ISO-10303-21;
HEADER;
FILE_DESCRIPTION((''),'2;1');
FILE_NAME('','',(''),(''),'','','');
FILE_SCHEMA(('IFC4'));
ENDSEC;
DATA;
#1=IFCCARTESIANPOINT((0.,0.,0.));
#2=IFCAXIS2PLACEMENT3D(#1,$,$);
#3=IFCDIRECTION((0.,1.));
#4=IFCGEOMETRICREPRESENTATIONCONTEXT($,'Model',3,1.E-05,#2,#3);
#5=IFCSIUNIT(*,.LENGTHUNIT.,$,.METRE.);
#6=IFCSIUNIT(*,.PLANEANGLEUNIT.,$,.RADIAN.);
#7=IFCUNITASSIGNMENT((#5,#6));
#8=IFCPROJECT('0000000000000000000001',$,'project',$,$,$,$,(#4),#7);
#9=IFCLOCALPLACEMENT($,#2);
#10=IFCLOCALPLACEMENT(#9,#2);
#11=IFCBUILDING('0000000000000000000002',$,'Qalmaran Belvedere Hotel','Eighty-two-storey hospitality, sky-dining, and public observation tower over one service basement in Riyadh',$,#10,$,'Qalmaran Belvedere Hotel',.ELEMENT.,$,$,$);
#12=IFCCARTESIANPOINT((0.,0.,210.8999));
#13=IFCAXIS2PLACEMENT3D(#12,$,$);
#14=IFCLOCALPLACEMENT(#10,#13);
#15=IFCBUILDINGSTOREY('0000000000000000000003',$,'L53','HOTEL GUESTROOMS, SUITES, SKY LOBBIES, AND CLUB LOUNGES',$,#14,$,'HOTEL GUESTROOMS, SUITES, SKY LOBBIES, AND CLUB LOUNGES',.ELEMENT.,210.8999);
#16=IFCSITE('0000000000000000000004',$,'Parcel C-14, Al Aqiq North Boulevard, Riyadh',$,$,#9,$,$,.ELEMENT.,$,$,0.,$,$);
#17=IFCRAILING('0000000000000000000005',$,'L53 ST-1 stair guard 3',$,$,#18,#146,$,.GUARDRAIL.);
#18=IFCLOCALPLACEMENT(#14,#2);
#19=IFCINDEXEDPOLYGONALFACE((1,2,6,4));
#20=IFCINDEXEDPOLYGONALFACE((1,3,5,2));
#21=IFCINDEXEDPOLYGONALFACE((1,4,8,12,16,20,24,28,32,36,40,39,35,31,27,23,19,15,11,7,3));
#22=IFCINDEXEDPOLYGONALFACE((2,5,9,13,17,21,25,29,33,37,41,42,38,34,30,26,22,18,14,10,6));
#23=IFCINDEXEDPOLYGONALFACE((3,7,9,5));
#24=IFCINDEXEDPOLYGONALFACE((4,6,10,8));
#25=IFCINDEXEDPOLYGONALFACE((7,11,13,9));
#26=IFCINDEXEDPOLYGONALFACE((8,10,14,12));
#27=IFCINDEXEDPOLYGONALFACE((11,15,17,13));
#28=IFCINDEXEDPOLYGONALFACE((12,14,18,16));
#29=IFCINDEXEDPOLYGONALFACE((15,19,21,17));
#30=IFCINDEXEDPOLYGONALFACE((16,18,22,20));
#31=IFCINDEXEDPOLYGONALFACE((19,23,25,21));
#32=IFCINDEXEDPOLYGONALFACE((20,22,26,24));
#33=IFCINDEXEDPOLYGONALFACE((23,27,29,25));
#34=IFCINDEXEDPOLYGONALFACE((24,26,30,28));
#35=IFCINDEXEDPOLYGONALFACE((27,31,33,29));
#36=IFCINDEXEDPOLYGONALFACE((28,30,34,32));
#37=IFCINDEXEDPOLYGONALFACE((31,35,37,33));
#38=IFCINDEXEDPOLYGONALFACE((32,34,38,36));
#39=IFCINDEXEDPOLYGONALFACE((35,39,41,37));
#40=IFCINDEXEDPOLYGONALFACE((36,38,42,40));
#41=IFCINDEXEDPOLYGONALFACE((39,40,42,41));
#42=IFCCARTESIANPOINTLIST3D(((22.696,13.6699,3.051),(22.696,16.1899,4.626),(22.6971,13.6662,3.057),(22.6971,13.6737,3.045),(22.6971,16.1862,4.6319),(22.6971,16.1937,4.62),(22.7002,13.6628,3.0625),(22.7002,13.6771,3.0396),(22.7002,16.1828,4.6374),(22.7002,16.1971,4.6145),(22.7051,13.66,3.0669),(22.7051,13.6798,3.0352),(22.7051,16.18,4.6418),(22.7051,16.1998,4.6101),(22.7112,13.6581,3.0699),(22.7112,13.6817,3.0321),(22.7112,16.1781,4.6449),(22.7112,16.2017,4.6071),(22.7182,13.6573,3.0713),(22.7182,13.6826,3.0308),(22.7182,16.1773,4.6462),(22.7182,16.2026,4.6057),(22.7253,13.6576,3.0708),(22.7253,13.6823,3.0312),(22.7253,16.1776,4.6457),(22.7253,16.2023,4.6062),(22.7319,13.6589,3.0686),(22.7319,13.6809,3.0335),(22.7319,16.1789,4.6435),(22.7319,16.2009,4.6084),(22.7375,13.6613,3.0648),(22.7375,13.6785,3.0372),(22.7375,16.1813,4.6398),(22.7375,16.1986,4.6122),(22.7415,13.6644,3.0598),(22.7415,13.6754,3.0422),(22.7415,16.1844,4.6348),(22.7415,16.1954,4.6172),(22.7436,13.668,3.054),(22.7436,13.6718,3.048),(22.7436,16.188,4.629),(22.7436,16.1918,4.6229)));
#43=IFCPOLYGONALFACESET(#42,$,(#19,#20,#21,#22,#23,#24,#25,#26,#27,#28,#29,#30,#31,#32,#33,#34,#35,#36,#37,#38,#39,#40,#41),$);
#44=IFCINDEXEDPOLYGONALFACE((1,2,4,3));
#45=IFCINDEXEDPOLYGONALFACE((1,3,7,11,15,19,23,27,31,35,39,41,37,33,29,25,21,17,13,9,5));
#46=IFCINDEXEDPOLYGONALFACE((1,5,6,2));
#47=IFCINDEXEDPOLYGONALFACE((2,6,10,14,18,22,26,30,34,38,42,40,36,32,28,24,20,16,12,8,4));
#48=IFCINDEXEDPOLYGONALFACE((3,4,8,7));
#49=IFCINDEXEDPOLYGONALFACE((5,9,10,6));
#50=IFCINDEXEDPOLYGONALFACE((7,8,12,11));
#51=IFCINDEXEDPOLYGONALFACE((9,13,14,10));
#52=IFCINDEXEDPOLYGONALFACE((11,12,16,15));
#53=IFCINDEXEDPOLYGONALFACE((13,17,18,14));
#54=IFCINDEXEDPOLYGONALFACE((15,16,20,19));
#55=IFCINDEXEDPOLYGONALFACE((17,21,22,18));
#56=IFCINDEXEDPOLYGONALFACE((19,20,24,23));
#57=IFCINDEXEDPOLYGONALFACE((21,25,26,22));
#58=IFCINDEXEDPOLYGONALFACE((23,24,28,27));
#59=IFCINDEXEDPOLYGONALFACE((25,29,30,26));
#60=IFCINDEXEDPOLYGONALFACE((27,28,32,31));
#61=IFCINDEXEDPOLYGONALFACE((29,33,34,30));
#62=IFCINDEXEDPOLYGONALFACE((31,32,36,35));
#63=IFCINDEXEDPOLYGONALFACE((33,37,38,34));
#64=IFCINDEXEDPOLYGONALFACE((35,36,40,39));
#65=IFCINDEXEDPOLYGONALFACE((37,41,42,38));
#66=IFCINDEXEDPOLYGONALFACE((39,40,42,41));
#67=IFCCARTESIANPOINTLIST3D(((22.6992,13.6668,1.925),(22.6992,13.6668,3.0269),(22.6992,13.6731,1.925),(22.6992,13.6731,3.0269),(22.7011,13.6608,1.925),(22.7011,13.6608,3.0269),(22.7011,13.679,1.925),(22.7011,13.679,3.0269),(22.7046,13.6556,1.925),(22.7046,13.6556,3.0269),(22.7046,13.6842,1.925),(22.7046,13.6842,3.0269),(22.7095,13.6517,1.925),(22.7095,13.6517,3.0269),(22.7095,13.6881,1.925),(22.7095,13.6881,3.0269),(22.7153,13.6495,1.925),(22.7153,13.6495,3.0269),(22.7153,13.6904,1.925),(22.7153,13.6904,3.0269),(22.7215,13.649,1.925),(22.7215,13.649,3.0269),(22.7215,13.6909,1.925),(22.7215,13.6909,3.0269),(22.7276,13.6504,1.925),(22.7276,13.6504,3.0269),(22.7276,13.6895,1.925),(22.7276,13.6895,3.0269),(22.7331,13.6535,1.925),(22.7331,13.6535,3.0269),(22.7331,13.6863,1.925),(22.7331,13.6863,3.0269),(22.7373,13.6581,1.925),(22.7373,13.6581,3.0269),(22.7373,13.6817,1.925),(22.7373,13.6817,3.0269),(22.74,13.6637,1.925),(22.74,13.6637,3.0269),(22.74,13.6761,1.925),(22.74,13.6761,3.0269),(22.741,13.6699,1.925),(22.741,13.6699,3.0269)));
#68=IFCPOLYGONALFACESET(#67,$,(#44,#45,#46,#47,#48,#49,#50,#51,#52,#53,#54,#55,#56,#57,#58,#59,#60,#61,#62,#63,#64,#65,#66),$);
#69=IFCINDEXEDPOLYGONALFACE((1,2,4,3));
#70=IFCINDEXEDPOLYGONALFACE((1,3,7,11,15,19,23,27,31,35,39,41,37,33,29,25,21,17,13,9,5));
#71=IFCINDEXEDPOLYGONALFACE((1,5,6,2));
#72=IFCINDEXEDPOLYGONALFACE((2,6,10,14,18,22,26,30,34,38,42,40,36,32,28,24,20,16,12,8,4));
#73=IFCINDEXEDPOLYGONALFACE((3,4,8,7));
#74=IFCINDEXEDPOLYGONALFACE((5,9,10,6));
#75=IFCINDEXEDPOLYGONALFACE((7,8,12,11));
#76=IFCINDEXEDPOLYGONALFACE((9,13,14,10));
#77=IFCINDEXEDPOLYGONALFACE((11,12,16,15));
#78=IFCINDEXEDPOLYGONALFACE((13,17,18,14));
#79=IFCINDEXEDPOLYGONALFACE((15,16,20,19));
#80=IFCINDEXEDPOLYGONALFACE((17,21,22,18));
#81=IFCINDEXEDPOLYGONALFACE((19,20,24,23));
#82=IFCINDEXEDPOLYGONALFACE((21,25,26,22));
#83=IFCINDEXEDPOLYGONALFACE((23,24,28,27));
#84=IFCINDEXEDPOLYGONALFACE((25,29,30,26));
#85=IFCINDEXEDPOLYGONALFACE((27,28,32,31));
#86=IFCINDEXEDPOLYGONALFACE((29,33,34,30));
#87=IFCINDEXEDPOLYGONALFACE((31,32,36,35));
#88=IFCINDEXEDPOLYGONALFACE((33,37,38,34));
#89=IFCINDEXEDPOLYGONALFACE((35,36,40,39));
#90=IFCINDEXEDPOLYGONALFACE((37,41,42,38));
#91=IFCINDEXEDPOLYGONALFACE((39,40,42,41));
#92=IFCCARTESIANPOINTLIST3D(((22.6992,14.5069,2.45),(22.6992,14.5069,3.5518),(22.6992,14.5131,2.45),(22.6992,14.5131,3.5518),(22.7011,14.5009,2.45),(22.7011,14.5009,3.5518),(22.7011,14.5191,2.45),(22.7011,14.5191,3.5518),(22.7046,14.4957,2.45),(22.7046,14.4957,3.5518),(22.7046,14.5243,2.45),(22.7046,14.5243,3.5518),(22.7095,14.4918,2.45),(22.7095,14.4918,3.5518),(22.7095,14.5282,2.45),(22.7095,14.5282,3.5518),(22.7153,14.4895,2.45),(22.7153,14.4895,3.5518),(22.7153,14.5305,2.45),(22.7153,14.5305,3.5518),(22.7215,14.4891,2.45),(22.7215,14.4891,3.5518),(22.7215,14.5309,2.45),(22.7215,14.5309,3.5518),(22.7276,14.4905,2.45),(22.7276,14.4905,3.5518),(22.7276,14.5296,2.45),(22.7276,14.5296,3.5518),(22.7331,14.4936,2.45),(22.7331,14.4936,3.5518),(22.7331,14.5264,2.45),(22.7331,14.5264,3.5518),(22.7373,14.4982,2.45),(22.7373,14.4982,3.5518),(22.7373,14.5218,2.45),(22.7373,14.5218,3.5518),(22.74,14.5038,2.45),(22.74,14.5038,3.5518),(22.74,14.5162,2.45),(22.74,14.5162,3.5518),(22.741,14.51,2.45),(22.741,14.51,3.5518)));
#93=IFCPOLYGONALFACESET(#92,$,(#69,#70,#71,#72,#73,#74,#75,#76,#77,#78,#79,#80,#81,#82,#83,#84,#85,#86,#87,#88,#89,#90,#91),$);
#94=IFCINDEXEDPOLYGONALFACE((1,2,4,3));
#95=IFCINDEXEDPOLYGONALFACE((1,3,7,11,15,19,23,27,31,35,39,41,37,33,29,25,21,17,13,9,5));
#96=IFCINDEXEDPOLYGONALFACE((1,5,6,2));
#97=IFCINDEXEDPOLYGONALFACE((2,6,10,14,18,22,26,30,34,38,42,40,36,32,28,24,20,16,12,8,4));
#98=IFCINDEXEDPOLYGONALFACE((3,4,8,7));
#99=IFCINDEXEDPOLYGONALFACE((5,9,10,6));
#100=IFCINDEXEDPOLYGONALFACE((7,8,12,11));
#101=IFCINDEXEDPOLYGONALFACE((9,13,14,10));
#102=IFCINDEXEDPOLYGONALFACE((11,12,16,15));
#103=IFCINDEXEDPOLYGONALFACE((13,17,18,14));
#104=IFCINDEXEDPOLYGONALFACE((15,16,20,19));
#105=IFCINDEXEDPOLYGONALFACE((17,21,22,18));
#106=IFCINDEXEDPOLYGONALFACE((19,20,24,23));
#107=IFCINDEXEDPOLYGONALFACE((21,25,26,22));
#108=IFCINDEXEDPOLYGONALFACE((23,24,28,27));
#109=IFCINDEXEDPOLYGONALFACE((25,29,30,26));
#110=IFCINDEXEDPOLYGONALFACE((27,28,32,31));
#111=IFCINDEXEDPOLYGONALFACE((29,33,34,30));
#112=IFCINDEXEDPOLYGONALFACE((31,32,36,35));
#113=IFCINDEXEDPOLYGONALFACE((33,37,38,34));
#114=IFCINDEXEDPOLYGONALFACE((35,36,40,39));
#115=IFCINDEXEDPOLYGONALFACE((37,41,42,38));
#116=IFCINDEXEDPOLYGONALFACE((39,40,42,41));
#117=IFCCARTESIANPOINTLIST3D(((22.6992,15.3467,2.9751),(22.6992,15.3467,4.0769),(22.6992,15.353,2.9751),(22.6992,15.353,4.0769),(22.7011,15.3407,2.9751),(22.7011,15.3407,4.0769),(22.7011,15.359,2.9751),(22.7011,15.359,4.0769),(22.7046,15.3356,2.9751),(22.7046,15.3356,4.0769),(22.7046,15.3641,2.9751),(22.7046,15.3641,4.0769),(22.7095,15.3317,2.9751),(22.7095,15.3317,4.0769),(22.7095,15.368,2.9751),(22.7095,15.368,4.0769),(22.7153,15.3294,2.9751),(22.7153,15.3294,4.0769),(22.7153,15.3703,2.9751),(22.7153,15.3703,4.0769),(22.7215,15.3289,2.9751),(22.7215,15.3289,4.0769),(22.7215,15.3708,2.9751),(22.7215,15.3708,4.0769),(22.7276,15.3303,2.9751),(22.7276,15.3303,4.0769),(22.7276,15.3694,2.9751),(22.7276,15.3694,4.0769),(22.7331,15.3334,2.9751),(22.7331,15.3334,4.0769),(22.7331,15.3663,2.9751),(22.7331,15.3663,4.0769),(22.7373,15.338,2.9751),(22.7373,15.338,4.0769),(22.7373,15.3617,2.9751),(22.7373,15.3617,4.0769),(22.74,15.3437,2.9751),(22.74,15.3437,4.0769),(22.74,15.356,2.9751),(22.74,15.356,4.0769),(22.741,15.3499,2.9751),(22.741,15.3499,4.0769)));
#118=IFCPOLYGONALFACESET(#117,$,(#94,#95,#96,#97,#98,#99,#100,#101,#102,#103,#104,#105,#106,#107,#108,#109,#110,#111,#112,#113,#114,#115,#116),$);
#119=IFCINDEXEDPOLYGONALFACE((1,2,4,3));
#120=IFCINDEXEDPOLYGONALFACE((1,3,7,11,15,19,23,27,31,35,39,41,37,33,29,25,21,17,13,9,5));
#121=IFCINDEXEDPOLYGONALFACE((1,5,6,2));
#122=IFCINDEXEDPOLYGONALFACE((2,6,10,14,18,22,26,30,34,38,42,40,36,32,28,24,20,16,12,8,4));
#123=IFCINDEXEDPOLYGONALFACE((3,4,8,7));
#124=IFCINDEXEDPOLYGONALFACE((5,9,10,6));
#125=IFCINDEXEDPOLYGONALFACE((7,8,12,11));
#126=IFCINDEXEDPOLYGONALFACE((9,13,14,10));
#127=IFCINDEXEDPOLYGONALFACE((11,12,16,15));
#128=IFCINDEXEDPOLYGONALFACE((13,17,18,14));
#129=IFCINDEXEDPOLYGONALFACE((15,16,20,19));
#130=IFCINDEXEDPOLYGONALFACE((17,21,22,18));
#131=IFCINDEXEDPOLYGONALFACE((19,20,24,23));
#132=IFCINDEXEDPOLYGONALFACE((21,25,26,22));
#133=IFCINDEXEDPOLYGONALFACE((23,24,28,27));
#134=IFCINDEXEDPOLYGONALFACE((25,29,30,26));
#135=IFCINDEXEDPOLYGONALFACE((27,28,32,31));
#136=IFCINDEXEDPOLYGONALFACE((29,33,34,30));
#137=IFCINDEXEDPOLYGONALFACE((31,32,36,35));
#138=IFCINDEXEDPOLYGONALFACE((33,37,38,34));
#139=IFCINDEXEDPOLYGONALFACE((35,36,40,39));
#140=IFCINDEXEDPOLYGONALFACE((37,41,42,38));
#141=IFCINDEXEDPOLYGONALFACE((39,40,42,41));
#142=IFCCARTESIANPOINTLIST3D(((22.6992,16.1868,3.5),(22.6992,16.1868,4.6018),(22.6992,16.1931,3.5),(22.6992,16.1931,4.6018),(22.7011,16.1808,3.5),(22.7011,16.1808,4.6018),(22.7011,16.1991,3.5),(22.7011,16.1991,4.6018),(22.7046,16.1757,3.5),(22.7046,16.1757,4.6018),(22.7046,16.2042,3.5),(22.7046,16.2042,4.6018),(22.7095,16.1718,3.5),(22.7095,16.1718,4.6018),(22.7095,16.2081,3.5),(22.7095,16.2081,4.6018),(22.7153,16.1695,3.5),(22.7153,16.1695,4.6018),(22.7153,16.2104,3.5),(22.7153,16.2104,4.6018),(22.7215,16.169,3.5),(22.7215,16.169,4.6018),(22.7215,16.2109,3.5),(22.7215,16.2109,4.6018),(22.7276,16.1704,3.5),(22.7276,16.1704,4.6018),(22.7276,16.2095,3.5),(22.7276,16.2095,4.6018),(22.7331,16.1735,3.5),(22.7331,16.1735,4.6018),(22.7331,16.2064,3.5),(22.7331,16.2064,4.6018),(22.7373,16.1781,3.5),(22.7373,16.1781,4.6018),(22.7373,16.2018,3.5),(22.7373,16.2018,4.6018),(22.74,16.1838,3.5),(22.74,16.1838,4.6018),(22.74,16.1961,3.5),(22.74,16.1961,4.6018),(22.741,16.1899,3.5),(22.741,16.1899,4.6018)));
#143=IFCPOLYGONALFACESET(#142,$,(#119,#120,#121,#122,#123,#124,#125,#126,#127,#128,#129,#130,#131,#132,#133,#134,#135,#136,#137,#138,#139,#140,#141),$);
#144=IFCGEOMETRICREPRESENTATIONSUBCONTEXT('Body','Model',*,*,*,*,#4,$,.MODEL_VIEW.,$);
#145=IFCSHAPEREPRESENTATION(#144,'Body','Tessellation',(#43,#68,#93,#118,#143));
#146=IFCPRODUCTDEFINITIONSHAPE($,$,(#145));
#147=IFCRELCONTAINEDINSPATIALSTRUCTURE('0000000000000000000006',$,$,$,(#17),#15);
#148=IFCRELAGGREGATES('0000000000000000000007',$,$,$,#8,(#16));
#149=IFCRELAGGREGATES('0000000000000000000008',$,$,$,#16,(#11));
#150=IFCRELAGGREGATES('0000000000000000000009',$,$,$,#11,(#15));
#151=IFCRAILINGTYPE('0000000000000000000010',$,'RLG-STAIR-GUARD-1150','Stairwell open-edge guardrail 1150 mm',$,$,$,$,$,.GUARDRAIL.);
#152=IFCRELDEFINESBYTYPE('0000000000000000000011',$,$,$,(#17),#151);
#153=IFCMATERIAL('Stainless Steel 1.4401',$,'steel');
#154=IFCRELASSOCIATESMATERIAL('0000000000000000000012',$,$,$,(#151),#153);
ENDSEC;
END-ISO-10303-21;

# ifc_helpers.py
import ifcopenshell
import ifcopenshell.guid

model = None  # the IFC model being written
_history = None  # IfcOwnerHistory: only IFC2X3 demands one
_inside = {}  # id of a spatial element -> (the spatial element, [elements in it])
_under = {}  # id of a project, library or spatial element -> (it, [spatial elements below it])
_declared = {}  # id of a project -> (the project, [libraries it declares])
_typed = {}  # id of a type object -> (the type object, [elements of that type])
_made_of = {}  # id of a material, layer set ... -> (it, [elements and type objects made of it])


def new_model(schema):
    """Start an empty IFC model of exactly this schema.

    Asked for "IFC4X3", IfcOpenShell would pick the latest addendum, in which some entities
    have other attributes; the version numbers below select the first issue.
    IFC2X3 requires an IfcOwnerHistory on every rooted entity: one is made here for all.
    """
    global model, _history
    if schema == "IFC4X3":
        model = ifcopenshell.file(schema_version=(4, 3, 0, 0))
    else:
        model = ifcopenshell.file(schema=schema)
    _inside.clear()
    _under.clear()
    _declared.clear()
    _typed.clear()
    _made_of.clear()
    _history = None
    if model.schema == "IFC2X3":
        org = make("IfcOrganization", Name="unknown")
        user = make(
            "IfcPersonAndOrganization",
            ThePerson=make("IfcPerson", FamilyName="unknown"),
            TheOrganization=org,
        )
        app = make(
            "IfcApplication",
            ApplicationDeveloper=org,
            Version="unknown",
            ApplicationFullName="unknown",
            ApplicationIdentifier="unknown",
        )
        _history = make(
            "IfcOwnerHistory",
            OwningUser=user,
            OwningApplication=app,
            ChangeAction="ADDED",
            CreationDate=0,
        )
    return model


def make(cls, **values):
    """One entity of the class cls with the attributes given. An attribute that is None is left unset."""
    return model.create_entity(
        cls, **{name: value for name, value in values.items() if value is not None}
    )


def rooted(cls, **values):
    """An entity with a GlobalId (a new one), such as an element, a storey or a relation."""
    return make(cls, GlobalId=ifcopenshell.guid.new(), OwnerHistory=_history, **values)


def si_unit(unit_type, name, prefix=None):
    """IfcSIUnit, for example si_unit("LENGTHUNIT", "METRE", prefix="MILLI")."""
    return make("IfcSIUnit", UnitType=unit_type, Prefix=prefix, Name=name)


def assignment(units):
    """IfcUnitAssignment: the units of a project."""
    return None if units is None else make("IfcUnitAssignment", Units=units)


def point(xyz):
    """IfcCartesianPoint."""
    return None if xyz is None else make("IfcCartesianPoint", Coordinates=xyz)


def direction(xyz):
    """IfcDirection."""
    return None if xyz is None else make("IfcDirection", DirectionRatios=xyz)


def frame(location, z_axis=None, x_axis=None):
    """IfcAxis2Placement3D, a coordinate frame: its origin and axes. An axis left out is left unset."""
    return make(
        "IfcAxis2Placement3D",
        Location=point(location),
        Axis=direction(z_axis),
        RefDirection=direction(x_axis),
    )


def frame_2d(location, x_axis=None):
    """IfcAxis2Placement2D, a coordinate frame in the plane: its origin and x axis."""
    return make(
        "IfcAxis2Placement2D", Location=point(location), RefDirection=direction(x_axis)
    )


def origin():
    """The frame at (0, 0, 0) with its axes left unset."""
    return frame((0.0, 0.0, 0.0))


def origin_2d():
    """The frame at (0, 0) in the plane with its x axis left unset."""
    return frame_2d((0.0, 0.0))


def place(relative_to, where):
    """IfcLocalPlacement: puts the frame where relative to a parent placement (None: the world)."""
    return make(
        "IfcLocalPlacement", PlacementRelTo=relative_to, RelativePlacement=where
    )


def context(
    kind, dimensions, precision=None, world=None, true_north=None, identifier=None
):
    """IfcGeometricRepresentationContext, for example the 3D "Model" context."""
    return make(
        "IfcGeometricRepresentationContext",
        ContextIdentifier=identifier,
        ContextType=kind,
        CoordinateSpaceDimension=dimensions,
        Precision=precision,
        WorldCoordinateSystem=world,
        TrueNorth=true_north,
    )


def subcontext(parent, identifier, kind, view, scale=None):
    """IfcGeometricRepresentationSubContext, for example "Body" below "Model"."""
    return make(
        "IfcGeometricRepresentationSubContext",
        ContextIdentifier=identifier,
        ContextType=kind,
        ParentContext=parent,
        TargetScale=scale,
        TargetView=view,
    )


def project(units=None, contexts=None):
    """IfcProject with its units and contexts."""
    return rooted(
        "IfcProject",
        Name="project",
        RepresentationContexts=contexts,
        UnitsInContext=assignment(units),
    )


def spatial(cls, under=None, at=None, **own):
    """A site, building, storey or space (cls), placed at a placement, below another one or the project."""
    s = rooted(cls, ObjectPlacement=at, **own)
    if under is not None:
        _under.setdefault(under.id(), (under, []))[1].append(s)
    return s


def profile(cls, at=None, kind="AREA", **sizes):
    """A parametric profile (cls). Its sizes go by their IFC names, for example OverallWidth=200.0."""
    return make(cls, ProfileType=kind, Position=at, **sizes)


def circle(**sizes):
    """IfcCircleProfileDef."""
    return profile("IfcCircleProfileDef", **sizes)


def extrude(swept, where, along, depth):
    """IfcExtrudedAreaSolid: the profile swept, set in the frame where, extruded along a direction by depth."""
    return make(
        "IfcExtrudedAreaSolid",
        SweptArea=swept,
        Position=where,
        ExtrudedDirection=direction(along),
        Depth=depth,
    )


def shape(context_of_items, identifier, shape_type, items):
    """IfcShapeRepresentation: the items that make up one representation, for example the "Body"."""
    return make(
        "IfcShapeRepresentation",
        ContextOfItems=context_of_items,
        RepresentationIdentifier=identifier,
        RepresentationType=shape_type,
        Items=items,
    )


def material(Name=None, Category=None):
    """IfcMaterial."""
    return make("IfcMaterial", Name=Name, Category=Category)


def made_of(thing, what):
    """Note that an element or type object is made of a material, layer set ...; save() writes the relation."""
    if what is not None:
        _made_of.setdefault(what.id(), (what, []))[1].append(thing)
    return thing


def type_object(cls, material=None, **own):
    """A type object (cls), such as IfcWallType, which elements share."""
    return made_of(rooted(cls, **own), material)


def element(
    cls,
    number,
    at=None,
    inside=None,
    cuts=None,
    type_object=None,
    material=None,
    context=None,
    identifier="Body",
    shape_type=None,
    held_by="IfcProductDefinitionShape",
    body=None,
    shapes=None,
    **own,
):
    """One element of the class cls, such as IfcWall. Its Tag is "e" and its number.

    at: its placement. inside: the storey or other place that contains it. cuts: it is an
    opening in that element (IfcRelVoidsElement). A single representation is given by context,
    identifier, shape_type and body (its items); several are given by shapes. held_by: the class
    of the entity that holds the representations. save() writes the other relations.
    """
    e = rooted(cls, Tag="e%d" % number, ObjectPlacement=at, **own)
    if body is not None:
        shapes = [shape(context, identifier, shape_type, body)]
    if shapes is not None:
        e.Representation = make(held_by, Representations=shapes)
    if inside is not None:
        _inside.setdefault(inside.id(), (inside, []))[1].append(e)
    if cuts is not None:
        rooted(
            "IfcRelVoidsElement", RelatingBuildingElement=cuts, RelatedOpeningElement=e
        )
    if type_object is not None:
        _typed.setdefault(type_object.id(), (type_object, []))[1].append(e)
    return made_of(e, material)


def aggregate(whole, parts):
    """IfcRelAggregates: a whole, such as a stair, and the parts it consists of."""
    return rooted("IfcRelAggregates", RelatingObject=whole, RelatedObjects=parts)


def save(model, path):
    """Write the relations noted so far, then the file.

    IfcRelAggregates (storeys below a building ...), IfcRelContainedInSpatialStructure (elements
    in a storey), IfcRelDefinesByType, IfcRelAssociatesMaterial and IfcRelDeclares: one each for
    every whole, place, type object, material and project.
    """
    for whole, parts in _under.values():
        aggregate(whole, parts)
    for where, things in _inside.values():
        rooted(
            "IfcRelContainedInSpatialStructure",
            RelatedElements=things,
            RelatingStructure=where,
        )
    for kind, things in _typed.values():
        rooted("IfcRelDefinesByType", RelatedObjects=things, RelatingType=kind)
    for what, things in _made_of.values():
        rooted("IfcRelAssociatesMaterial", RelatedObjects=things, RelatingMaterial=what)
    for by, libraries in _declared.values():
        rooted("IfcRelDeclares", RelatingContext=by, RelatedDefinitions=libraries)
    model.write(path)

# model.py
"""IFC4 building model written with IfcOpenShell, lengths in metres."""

from ifc_helpers import new_model, si_unit, direction, frame, origin, origin_2d, place, context, subcontext, project, spatial, circle, extrude, material, type_object, element, save


model = new_model("IFC4")

# Units and contexts
model_context = context("Model", 3, precision=1e-05, world=origin(), true_north=direction((0.0, 1.0)))
body_context = subcontext(model_context, "Body", "Model", "MODEL_VIEW")
ifc_project = project(units=[si_unit("LENGTHUNIT", "METRE"), si_unit("PLANEANGLEUNIT", "RADIAN")], contexts=[model_context])

# Site, building, storey
site_placement = place(None, origin())
site = spatial("IfcSite", under=ifc_project, at=site_placement, Name="Parcel C-14, Al Aqiq North Boulevard, Riyadh", CompositionType="ELEMENT", RefElevation=0.0)
building_placement = place(site_placement, origin())
building = spatial("IfcBuilding", under=site, at=building_placement, Name="Qalmaran Belvedere Hotel", Description="Eighty-two-storey hospitality, sky-dining, and public observation tower over one service basement in Riyadh", LongName="Qalmaran Belvedere Hotel", CompositionType="ELEMENT")
storey_placement = place(building_placement, frame((0.0, 0.0, 210.8999)))
storey = spatial("IfcBuildingStorey", under=building, at=storey_placement, Name="L53", Description="HOTEL GUESTROOMS, SUITES, SKY LOBBIES, AND CLUB LOUNGES", LongName="HOTEL GUESTROOMS, SUITES, SKY LOBBIES, AND CLUB LOUNGES", CompositionType="ELEMENT", Elevation=210.8999)

# Shared definitions
ifc_material_1 = material(Name="Stainless Steel 1.4401", Category="steel")

# Railing
railing_type_1 = type_object("IfcRailingType", Name="RLG-STAIR-GUARD-1150", Description="Stairwell open-edge guardrail 1150 mm", PredefinedType="GUARDRAIL", material=ifc_material_1)
railing_1_placement = place(storey_placement, frame((22.72, 13.6699, 1.925)))
element("IfcRailing", 1, at=railing_1_placement, inside=storey, type_object=railing_type_1, Name="L53 ST-1 stair guard 3", PredefinedType="GUARDRAIL", context=body_context, shape_type="SweptSolid", body=[
    extrude(circle(Radius=0.0239, at=origin_2d()), frame((0.0, 0.0, 1.126), z_axis=(0.0, 0.848008, 0.529984), x_axis=(-1.0, 0.0, 0.0)), (0.0, 0.0, 1.0), 2.9717),
    extrude(circle(Radius=0.021, at=origin_2d()), origin(), (0.0, 0.0, 1.0), 1.1018),
    extrude(circle(Radius=0.021, at=origin_2d()), frame((0.0, 0.8401, 0.5249)), (0.0, 0.0, 1.0), 1.1018),
    extrude(circle(Radius=0.021, at=origin_2d()), frame((0.0, 1.6799, 1.05)), (0.0, 0.0, 1.0), 1.1018),
    extrude(circle(Radius=0.021, at=origin_2d()), frame((0.0, 2.52, 1.575)), (0.0, 0.0, 1.0), 1.1018),
])

save(model, "model.ifc")
